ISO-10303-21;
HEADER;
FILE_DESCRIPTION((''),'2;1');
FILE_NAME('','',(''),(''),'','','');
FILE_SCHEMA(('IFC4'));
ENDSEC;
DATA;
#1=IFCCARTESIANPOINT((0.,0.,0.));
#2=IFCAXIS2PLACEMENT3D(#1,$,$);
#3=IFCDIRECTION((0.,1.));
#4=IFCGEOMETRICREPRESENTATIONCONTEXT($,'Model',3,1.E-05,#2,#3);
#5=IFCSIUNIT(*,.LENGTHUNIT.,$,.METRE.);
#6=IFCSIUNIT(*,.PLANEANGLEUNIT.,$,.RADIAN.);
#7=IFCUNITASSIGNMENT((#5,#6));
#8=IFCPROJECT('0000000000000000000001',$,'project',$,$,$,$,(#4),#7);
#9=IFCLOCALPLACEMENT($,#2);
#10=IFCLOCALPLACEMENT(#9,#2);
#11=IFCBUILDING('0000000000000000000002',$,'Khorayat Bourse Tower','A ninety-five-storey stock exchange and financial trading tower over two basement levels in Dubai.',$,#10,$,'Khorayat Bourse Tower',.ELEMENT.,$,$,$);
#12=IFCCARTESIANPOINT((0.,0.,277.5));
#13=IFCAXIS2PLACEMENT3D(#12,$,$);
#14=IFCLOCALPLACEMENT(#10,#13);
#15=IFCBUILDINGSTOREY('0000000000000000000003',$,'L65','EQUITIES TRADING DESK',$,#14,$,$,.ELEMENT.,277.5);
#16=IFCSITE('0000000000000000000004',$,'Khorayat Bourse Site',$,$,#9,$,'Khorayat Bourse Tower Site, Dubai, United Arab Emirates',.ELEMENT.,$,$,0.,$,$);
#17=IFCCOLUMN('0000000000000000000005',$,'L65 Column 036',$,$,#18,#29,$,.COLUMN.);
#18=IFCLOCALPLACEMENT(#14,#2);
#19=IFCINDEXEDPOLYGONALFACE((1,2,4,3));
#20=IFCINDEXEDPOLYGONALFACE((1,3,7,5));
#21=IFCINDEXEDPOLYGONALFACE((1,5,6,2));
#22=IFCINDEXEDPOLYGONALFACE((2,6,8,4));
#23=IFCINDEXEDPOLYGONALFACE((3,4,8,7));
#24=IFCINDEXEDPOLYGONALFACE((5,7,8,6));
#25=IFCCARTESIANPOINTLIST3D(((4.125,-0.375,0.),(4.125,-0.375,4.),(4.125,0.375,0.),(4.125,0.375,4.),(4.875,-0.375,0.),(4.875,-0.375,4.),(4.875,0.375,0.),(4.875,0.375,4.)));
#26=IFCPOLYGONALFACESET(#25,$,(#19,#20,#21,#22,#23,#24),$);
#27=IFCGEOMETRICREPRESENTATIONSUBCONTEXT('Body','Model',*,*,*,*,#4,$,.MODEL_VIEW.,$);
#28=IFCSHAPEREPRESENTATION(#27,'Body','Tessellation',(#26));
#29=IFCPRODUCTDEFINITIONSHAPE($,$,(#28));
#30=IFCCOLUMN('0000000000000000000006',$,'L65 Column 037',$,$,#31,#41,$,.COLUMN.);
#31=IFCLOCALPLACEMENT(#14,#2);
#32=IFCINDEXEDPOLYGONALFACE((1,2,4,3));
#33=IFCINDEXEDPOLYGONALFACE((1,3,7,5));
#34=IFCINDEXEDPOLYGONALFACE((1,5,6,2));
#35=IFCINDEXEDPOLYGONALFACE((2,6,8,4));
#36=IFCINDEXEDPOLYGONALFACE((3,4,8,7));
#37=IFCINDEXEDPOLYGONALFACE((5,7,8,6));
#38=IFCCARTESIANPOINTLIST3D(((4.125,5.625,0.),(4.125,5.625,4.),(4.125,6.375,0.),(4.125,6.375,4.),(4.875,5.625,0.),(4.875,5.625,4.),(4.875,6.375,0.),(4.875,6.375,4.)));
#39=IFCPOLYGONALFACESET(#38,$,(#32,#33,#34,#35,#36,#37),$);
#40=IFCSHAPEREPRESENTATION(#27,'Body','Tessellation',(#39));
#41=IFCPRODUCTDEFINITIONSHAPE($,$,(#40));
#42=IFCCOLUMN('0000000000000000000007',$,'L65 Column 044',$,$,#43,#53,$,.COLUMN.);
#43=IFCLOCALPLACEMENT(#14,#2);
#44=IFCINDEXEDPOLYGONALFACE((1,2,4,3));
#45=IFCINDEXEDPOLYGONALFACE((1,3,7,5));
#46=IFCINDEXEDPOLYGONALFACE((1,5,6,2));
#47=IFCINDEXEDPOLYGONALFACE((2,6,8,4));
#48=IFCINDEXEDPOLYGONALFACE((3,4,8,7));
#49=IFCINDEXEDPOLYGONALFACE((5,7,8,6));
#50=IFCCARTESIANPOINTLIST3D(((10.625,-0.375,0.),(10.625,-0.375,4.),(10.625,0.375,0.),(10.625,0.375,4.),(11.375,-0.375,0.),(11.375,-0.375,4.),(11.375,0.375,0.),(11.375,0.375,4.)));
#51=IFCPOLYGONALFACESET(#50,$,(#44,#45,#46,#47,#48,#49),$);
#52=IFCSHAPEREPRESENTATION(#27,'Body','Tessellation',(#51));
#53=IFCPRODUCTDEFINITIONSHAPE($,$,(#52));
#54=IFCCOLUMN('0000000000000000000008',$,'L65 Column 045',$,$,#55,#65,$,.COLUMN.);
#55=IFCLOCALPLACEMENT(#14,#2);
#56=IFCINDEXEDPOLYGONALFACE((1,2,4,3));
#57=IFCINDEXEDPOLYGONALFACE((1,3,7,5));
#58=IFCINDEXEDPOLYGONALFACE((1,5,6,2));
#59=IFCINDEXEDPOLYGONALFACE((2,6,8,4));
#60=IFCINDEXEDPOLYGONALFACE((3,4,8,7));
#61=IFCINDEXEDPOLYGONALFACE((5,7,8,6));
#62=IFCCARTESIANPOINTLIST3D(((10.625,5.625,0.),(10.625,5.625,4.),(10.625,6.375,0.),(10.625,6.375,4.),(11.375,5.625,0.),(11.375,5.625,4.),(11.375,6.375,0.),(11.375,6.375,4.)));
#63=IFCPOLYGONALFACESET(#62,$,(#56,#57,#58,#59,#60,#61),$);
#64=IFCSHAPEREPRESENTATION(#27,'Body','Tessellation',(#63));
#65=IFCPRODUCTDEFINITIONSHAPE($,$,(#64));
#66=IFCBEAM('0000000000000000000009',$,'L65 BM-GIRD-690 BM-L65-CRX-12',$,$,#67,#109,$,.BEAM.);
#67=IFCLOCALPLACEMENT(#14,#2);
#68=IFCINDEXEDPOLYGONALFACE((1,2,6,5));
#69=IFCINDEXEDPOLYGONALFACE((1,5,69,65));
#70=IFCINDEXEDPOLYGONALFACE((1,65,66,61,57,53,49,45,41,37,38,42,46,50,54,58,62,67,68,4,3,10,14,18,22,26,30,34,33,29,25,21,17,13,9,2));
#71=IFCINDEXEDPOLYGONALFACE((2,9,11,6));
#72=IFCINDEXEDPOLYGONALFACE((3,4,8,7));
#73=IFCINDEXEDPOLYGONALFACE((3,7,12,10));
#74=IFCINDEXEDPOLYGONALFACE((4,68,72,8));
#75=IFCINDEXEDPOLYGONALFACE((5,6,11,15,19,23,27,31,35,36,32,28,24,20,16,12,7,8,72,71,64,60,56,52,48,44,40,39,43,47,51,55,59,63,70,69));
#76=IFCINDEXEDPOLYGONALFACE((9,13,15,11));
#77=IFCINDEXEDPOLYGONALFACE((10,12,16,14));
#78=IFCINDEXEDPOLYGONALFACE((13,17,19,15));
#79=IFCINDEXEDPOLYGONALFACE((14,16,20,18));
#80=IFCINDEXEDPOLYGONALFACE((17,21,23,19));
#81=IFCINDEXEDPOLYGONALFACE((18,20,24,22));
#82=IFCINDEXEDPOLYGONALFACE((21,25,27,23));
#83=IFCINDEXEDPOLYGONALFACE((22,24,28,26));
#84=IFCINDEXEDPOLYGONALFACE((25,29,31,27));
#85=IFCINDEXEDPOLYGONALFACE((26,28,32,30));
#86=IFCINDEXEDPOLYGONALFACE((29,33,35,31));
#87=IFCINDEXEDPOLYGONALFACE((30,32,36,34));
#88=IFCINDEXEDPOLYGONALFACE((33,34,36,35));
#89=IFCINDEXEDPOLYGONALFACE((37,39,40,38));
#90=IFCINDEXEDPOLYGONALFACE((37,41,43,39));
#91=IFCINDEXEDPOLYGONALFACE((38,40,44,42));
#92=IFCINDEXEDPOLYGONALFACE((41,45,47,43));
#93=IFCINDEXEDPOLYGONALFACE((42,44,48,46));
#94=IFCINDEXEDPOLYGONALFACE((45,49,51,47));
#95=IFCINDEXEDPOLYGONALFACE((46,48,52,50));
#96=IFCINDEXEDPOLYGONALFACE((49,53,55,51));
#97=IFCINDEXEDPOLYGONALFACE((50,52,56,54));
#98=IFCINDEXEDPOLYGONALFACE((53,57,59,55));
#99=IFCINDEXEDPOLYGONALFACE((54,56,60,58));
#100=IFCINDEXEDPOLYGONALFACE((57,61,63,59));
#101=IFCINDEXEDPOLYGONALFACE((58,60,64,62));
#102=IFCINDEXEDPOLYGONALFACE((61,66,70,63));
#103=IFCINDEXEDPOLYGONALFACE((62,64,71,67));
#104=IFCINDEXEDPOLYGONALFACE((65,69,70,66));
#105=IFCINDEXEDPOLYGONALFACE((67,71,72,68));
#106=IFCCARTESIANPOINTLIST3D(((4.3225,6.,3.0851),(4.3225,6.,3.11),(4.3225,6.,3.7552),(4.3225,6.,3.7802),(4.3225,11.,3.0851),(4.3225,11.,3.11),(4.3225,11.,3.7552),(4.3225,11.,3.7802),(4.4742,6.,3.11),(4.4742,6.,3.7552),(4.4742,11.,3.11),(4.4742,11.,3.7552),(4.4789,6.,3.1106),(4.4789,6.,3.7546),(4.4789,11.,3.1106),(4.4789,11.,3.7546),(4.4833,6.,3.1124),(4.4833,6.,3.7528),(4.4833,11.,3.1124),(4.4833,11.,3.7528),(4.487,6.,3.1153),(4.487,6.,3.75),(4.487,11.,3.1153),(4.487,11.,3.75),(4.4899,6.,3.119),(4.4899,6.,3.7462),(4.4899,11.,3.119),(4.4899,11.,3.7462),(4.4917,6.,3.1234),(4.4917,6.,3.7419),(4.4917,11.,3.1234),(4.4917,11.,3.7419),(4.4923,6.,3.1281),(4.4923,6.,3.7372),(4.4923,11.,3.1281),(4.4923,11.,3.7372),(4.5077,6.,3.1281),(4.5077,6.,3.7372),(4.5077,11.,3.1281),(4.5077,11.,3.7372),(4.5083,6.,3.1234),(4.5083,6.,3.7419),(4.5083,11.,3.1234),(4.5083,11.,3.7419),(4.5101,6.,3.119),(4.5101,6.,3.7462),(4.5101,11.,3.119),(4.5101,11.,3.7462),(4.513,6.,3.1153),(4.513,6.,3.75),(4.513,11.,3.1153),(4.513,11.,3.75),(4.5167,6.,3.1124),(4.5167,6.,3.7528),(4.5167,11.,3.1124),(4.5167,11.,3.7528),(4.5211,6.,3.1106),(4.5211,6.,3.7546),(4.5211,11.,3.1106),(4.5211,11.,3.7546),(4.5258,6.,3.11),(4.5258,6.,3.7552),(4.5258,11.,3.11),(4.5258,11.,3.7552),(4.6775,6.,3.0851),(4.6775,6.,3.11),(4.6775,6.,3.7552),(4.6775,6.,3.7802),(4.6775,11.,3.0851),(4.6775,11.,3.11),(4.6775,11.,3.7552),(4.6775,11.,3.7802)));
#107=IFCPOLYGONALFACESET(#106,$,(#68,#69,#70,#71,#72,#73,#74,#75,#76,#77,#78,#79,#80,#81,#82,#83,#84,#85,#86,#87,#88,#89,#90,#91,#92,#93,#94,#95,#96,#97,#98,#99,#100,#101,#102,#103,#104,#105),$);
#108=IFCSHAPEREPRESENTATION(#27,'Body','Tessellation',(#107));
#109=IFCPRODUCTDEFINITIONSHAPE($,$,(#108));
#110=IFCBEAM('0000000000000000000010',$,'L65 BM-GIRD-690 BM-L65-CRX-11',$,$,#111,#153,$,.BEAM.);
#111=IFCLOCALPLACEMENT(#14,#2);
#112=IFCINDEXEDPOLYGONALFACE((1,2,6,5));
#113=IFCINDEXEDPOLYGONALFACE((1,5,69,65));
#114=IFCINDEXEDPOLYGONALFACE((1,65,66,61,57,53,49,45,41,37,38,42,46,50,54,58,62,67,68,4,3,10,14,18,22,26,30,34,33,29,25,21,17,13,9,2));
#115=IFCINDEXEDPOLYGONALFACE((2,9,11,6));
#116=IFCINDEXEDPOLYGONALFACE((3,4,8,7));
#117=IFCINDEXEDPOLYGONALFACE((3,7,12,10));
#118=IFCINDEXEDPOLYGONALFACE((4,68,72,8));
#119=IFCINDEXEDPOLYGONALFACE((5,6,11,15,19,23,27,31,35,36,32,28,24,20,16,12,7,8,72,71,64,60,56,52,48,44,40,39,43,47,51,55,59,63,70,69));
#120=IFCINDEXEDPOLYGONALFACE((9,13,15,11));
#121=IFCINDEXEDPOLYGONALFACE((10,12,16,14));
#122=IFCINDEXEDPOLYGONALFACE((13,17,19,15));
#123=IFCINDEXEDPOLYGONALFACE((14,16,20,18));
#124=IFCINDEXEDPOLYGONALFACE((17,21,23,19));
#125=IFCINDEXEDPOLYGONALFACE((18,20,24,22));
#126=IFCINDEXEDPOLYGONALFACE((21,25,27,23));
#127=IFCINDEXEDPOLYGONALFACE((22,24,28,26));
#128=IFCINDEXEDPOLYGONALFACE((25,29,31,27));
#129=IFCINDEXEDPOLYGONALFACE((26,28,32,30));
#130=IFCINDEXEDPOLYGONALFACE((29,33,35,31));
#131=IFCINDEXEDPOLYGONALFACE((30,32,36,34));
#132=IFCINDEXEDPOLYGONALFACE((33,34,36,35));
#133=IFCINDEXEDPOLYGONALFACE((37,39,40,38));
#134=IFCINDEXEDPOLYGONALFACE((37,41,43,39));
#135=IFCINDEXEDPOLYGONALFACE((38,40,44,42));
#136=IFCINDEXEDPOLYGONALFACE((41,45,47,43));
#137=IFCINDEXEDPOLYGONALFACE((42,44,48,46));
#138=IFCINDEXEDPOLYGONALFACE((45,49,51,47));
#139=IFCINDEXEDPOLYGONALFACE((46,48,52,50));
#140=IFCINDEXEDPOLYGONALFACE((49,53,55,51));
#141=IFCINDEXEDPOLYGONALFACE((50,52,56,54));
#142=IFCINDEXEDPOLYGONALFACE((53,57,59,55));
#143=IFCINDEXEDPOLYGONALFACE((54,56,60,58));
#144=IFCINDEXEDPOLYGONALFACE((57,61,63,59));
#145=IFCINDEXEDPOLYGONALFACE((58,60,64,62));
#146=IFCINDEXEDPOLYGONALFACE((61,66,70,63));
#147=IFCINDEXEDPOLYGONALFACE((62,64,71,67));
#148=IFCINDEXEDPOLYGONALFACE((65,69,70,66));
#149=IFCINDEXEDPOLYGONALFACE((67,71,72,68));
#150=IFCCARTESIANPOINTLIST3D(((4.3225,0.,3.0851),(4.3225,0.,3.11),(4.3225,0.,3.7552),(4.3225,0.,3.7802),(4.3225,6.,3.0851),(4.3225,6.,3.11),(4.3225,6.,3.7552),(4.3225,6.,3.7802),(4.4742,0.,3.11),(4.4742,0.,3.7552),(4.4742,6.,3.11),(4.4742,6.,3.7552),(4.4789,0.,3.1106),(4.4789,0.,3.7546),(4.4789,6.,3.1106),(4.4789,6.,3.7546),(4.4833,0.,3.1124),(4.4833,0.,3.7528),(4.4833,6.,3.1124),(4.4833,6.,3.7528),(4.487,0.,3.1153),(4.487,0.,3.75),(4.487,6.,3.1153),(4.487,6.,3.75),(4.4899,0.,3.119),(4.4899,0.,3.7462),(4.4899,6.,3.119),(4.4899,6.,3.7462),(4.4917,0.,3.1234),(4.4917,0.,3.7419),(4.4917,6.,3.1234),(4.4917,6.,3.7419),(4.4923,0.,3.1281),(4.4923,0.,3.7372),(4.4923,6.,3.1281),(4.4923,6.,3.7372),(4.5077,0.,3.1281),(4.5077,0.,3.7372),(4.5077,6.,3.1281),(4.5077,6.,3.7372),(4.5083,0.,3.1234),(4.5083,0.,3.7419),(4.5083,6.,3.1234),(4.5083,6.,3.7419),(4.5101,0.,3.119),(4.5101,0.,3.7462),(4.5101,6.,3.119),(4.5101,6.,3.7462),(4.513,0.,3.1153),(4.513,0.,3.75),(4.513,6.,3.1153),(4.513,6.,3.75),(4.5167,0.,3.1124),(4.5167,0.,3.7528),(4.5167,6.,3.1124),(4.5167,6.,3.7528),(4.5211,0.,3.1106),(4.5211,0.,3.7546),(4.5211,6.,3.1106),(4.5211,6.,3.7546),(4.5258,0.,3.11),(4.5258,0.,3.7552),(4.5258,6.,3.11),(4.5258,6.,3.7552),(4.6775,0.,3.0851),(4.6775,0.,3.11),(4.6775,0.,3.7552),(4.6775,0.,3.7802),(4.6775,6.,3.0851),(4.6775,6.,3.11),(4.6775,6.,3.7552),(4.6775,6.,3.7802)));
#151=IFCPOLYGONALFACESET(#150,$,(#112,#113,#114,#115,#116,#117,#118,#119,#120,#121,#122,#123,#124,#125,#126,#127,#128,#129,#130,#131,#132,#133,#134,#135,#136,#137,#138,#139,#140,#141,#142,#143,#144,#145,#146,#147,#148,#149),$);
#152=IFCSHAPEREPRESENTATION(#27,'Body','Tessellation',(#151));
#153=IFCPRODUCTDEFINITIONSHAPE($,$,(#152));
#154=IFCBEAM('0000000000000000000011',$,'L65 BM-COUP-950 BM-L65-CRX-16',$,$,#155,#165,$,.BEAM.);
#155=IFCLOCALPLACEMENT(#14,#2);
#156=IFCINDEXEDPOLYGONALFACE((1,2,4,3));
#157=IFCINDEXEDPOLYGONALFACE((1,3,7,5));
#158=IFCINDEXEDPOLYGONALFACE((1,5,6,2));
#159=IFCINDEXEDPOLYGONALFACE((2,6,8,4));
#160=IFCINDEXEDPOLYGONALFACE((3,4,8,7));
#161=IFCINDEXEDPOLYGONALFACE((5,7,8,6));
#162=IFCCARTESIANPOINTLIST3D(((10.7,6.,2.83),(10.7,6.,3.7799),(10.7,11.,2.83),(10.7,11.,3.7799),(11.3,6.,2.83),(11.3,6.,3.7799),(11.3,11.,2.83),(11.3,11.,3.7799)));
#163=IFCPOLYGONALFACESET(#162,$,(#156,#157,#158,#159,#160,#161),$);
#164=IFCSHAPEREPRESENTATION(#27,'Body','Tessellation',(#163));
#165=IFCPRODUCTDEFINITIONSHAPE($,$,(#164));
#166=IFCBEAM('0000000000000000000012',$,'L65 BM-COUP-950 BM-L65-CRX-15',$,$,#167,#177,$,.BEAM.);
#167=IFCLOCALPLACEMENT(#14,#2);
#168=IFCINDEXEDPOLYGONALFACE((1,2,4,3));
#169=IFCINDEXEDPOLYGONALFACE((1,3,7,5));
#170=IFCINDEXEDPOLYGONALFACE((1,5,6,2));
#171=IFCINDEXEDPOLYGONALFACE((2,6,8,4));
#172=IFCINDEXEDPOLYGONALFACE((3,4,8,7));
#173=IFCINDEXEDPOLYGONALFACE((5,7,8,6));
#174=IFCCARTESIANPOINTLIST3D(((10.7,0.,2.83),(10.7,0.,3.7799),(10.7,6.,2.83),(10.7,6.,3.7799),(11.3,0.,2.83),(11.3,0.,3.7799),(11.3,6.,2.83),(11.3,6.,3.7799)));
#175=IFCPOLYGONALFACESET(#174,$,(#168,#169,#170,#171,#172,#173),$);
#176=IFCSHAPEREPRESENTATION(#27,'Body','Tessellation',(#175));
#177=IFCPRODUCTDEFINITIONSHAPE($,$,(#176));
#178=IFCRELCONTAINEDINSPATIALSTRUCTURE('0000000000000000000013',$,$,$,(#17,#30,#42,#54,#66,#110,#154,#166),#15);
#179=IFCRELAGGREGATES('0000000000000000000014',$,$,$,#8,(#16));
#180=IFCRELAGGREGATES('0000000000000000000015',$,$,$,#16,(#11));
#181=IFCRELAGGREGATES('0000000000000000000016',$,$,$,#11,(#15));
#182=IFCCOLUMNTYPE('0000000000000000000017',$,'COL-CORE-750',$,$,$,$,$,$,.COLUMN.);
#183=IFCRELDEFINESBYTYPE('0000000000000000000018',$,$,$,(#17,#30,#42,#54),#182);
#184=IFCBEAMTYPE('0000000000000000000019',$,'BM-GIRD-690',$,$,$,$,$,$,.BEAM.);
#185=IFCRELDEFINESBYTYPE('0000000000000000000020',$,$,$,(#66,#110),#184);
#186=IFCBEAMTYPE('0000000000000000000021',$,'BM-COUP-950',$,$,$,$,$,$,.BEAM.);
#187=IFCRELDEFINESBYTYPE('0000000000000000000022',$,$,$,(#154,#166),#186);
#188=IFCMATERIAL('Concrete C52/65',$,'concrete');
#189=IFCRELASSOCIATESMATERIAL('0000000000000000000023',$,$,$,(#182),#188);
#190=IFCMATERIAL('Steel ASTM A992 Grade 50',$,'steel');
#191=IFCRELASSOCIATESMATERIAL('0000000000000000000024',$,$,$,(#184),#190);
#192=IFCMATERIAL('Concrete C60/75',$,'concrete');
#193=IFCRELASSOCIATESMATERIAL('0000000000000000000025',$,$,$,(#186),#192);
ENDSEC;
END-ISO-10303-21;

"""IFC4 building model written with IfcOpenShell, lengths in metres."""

from ifc_helpers import new_model, si_unit, direction, frame, origin, origin_2d, place, context, subcontext, project, spatial, rectangle, i_section, extrude, source, transform, mapped, material, material_profile, profile_set, type_object, element, save


model = new_model("IFC4")

# Units and contexts
model_context = context("Model", 3, precision=1e-05, world=origin(), true_north=direction((0.0, 1.0)))
body_context = subcontext(model_context, "Body", "Model", "MODEL_VIEW")
ifc_project = project(units=[si_unit("LENGTHUNIT", "METRE"), si_unit("PLANEANGLEUNIT", "RADIAN")], contexts=[model_context])

# Site, building, storey
site_placement = place(None, origin())
site = spatial("IfcSite", under=ifc_project, at=site_placement, Name="Khorayat Bourse Site", LongName="Khorayat Bourse Tower Site, Dubai, United Arab Emirates", CompositionType="ELEMENT", RefElevation=0.0)
building_placement = place(site_placement, origin())
building = spatial("IfcBuilding", under=site, at=building_placement, Name="Khorayat Bourse Tower", Description="A ninety-five-storey stock exchange and financial trading tower over two basement levels in Dubai.", LongName="Khorayat Bourse Tower", CompositionType="ELEMENT")
storey_placement = place(building_placement, frame((0.0, 0.0, 277.5)))
storey = spatial("IfcBuildingStorey", under=building, at=storey_placement, Name="L65", Description="EQUITIES TRADING DESK", CompositionType="ELEMENT", Elevation=277.5)

# Columns
ifc_material_1 = material(Name="Concrete C52/65", Category="concrete")
ifc_material_profile_1 = material_profile(ifc_material_1, rectangle(XDim=0.75, YDim=0.75, at=origin_2d()), Name="RC 750x750")
ifc_profile_set_1 = profile_set([ifc_material_profile_1], Name="Concrete C52/65")
column_type = type_object("IfcColumnType", Name="COL-CORE-750", PredefinedType="COLUMN", material=ifc_profile_set_1)
shared_shape_1 = source(origin(), body_context, "Body", "SweptSolid", [
    extrude(rectangle(XDim=0.75, YDim=0.75, at=origin_2d()), origin(), (0.0, 0.0, 1.0), 4.0),
])
for number, where, z_axis, x_axis, name in (
    (1, (4.5, 0.0, 0.0), (0.0, 0.0, 1.0), (1.0, 0.0, 0.0), "L65 Column 036"),
    (2, (4.5, 6.0, 0.0), (0.0, 0.0, 1.0), (1.0, 0.0, 0.0), "L65 Column 037"),
    (3, (11.0, 0.0, 0.0), (0.0, 0.0, 1.0), (1.0, 0.0, 0.0), "L65 Column 044"),
    (4, (11.0, 6.0, 0.0), (0.0, 0.0, 1.0), (1.0, 0.0, 0.0), "L65 Column 045"),
):
    element("IfcColumn", number, at=place(storey_placement, frame(where, z_axis=z_axis, x_axis=x_axis)), inside=storey, type_object=column_type, Name=name, PredefinedType="COLUMN", context=body_context, shape_type="MappedRepresentation", body=[
        mapped(shared_shape_1, transform((0.0, 0.0, 0.0), scale=1.0)),
    ])

# Beams
ifc_material_2 = material(Name="Steel ASTM A992 Grade 50", Category="steel")
ifc_material_profile_2 = material_profile(ifc_material_2, i_section(OverallWidth=0.355, OverallDepth=0.6951, WebThickness=0.0154, FlangeThickness=0.0249, FilletRadius=0.0181, at=origin_2d()), Name="W690X217")
ifc_profile_set_2 = profile_set([ifc_material_profile_2], Name="Steel ASTM A992 Grade 50")
beam_type_1 = type_object("IfcBeamType", Name="BM-GIRD-690", PredefinedType="BEAM", material=ifc_profile_set_2)
shared_shape_2 = source(origin(), body_context, "Body", "SweptSolid", [
    extrude(i_section(OverallWidth=0.355, OverallDepth=0.6951, WebThickness=0.0154, FlangeThickness=0.0249, FilletRadius=0.0181, at=origin_2d()), origin(), (0.0, 0.0, 1.0), 5.0),
])
beam_1_placement = place(storey_placement, frame((4.5, 6.0, 3.4326), z_axis=(0.0, 1.0, 0.0), x_axis=(-1.0, 0.0, 0.0)))
element("IfcBeam", 5, at=beam_1_placement, inside=storey, type_object=beam_type_1, Name="L65 BM-GIRD-690 BM-L65-CRX-12", PredefinedType="BEAM", context=body_context, shape_type="MappedRepresentation", body=[
    mapped(shared_shape_2, transform((0.0, 0.0, 0.0), scale=1.0)),
])
shared_shape_3 = source(origin(), body_context, "Body", "SweptSolid", [
    extrude(i_section(OverallWidth=0.355, OverallDepth=0.6951, WebThickness=0.0154, FlangeThickness=0.0249, FilletRadius=0.0181, at=origin_2d()), origin(), (0.0, 0.0, 1.0), 6.0),
])
beam_2_placement = place(storey_placement, frame((4.5, 0.0, 3.4326), z_axis=(0.0, 1.0, 0.0), x_axis=(-1.0, 0.0, 0.0)))
element("IfcBeam", 6, at=beam_2_placement, inside=storey, type_object=beam_type_1, Name="L65 BM-GIRD-690 BM-L65-CRX-11", PredefinedType="BEAM", context=body_context, shape_type="MappedRepresentation", body=[
    mapped(shared_shape_3, transform((0.0, 0.0, 0.0), scale=1.0)),
])
ifc_material_3 = material(Name="Concrete C60/75", Category="concrete")
ifc_material_profile_3 = material_profile(ifc_material_3, rectangle(XDim=0.6001, YDim=0.95, at=origin_2d()), Name="RC 600x950")
ifc_profile_set_3 = profile_set([ifc_material_profile_3], Name="Concrete C60/75")
beam_type_2 = type_object("IfcBeamType", Name="BM-COUP-950", PredefinedType="BEAM", material=ifc_profile_set_3)
shared_shape_4 = source(origin(), body_context, "Body", "SweptSolid", [
    extrude(rectangle(XDim=0.6001, YDim=0.95, at=origin_2d()), origin(), (0.0, 0.0, 1.0), 5.0),
])
beam_3_placement = place(storey_placement, frame((11.0, 6.0, 3.3049), z_axis=(0.0, 1.0, 0.0), x_axis=(-1.0, 0.0, 0.0)))
element("IfcBeam", 7, at=beam_3_placement, inside=storey, type_object=beam_type_2, Name="L65 BM-COUP-950 BM-L65-CRX-16", PredefinedType="BEAM", context=body_context, shape_type="MappedRepresentation", body=[
    mapped(shared_shape_4, transform((0.0, 0.0, 0.0), scale=1.0)),
])
shared_shape_5 = source(origin(), body_context, "Body", "SweptSolid", [
    extrude(rectangle(XDim=0.6001, YDim=0.95, at=origin_2d()), origin(), (0.0, 0.0, 1.0), 6.0),
])
beam_4_placement = place(storey_placement, frame((11.0, 0.0, 3.3049), z_axis=(0.0, 1.0, 0.0), x_axis=(-1.0, 0.0, 0.0)))
element("IfcBeam", 8, at=beam_4_placement, inside=storey, type_object=beam_type_2, Name="L65 BM-COUP-950 BM-L65-CRX-15", PredefinedType="BEAM", context=body_context, shape_type="MappedRepresentation", body=[
    mapped(shared_shape_5, transform((0.0, 0.0, 0.0), scale=1.0)),
])

save(model, "model.ifc")
